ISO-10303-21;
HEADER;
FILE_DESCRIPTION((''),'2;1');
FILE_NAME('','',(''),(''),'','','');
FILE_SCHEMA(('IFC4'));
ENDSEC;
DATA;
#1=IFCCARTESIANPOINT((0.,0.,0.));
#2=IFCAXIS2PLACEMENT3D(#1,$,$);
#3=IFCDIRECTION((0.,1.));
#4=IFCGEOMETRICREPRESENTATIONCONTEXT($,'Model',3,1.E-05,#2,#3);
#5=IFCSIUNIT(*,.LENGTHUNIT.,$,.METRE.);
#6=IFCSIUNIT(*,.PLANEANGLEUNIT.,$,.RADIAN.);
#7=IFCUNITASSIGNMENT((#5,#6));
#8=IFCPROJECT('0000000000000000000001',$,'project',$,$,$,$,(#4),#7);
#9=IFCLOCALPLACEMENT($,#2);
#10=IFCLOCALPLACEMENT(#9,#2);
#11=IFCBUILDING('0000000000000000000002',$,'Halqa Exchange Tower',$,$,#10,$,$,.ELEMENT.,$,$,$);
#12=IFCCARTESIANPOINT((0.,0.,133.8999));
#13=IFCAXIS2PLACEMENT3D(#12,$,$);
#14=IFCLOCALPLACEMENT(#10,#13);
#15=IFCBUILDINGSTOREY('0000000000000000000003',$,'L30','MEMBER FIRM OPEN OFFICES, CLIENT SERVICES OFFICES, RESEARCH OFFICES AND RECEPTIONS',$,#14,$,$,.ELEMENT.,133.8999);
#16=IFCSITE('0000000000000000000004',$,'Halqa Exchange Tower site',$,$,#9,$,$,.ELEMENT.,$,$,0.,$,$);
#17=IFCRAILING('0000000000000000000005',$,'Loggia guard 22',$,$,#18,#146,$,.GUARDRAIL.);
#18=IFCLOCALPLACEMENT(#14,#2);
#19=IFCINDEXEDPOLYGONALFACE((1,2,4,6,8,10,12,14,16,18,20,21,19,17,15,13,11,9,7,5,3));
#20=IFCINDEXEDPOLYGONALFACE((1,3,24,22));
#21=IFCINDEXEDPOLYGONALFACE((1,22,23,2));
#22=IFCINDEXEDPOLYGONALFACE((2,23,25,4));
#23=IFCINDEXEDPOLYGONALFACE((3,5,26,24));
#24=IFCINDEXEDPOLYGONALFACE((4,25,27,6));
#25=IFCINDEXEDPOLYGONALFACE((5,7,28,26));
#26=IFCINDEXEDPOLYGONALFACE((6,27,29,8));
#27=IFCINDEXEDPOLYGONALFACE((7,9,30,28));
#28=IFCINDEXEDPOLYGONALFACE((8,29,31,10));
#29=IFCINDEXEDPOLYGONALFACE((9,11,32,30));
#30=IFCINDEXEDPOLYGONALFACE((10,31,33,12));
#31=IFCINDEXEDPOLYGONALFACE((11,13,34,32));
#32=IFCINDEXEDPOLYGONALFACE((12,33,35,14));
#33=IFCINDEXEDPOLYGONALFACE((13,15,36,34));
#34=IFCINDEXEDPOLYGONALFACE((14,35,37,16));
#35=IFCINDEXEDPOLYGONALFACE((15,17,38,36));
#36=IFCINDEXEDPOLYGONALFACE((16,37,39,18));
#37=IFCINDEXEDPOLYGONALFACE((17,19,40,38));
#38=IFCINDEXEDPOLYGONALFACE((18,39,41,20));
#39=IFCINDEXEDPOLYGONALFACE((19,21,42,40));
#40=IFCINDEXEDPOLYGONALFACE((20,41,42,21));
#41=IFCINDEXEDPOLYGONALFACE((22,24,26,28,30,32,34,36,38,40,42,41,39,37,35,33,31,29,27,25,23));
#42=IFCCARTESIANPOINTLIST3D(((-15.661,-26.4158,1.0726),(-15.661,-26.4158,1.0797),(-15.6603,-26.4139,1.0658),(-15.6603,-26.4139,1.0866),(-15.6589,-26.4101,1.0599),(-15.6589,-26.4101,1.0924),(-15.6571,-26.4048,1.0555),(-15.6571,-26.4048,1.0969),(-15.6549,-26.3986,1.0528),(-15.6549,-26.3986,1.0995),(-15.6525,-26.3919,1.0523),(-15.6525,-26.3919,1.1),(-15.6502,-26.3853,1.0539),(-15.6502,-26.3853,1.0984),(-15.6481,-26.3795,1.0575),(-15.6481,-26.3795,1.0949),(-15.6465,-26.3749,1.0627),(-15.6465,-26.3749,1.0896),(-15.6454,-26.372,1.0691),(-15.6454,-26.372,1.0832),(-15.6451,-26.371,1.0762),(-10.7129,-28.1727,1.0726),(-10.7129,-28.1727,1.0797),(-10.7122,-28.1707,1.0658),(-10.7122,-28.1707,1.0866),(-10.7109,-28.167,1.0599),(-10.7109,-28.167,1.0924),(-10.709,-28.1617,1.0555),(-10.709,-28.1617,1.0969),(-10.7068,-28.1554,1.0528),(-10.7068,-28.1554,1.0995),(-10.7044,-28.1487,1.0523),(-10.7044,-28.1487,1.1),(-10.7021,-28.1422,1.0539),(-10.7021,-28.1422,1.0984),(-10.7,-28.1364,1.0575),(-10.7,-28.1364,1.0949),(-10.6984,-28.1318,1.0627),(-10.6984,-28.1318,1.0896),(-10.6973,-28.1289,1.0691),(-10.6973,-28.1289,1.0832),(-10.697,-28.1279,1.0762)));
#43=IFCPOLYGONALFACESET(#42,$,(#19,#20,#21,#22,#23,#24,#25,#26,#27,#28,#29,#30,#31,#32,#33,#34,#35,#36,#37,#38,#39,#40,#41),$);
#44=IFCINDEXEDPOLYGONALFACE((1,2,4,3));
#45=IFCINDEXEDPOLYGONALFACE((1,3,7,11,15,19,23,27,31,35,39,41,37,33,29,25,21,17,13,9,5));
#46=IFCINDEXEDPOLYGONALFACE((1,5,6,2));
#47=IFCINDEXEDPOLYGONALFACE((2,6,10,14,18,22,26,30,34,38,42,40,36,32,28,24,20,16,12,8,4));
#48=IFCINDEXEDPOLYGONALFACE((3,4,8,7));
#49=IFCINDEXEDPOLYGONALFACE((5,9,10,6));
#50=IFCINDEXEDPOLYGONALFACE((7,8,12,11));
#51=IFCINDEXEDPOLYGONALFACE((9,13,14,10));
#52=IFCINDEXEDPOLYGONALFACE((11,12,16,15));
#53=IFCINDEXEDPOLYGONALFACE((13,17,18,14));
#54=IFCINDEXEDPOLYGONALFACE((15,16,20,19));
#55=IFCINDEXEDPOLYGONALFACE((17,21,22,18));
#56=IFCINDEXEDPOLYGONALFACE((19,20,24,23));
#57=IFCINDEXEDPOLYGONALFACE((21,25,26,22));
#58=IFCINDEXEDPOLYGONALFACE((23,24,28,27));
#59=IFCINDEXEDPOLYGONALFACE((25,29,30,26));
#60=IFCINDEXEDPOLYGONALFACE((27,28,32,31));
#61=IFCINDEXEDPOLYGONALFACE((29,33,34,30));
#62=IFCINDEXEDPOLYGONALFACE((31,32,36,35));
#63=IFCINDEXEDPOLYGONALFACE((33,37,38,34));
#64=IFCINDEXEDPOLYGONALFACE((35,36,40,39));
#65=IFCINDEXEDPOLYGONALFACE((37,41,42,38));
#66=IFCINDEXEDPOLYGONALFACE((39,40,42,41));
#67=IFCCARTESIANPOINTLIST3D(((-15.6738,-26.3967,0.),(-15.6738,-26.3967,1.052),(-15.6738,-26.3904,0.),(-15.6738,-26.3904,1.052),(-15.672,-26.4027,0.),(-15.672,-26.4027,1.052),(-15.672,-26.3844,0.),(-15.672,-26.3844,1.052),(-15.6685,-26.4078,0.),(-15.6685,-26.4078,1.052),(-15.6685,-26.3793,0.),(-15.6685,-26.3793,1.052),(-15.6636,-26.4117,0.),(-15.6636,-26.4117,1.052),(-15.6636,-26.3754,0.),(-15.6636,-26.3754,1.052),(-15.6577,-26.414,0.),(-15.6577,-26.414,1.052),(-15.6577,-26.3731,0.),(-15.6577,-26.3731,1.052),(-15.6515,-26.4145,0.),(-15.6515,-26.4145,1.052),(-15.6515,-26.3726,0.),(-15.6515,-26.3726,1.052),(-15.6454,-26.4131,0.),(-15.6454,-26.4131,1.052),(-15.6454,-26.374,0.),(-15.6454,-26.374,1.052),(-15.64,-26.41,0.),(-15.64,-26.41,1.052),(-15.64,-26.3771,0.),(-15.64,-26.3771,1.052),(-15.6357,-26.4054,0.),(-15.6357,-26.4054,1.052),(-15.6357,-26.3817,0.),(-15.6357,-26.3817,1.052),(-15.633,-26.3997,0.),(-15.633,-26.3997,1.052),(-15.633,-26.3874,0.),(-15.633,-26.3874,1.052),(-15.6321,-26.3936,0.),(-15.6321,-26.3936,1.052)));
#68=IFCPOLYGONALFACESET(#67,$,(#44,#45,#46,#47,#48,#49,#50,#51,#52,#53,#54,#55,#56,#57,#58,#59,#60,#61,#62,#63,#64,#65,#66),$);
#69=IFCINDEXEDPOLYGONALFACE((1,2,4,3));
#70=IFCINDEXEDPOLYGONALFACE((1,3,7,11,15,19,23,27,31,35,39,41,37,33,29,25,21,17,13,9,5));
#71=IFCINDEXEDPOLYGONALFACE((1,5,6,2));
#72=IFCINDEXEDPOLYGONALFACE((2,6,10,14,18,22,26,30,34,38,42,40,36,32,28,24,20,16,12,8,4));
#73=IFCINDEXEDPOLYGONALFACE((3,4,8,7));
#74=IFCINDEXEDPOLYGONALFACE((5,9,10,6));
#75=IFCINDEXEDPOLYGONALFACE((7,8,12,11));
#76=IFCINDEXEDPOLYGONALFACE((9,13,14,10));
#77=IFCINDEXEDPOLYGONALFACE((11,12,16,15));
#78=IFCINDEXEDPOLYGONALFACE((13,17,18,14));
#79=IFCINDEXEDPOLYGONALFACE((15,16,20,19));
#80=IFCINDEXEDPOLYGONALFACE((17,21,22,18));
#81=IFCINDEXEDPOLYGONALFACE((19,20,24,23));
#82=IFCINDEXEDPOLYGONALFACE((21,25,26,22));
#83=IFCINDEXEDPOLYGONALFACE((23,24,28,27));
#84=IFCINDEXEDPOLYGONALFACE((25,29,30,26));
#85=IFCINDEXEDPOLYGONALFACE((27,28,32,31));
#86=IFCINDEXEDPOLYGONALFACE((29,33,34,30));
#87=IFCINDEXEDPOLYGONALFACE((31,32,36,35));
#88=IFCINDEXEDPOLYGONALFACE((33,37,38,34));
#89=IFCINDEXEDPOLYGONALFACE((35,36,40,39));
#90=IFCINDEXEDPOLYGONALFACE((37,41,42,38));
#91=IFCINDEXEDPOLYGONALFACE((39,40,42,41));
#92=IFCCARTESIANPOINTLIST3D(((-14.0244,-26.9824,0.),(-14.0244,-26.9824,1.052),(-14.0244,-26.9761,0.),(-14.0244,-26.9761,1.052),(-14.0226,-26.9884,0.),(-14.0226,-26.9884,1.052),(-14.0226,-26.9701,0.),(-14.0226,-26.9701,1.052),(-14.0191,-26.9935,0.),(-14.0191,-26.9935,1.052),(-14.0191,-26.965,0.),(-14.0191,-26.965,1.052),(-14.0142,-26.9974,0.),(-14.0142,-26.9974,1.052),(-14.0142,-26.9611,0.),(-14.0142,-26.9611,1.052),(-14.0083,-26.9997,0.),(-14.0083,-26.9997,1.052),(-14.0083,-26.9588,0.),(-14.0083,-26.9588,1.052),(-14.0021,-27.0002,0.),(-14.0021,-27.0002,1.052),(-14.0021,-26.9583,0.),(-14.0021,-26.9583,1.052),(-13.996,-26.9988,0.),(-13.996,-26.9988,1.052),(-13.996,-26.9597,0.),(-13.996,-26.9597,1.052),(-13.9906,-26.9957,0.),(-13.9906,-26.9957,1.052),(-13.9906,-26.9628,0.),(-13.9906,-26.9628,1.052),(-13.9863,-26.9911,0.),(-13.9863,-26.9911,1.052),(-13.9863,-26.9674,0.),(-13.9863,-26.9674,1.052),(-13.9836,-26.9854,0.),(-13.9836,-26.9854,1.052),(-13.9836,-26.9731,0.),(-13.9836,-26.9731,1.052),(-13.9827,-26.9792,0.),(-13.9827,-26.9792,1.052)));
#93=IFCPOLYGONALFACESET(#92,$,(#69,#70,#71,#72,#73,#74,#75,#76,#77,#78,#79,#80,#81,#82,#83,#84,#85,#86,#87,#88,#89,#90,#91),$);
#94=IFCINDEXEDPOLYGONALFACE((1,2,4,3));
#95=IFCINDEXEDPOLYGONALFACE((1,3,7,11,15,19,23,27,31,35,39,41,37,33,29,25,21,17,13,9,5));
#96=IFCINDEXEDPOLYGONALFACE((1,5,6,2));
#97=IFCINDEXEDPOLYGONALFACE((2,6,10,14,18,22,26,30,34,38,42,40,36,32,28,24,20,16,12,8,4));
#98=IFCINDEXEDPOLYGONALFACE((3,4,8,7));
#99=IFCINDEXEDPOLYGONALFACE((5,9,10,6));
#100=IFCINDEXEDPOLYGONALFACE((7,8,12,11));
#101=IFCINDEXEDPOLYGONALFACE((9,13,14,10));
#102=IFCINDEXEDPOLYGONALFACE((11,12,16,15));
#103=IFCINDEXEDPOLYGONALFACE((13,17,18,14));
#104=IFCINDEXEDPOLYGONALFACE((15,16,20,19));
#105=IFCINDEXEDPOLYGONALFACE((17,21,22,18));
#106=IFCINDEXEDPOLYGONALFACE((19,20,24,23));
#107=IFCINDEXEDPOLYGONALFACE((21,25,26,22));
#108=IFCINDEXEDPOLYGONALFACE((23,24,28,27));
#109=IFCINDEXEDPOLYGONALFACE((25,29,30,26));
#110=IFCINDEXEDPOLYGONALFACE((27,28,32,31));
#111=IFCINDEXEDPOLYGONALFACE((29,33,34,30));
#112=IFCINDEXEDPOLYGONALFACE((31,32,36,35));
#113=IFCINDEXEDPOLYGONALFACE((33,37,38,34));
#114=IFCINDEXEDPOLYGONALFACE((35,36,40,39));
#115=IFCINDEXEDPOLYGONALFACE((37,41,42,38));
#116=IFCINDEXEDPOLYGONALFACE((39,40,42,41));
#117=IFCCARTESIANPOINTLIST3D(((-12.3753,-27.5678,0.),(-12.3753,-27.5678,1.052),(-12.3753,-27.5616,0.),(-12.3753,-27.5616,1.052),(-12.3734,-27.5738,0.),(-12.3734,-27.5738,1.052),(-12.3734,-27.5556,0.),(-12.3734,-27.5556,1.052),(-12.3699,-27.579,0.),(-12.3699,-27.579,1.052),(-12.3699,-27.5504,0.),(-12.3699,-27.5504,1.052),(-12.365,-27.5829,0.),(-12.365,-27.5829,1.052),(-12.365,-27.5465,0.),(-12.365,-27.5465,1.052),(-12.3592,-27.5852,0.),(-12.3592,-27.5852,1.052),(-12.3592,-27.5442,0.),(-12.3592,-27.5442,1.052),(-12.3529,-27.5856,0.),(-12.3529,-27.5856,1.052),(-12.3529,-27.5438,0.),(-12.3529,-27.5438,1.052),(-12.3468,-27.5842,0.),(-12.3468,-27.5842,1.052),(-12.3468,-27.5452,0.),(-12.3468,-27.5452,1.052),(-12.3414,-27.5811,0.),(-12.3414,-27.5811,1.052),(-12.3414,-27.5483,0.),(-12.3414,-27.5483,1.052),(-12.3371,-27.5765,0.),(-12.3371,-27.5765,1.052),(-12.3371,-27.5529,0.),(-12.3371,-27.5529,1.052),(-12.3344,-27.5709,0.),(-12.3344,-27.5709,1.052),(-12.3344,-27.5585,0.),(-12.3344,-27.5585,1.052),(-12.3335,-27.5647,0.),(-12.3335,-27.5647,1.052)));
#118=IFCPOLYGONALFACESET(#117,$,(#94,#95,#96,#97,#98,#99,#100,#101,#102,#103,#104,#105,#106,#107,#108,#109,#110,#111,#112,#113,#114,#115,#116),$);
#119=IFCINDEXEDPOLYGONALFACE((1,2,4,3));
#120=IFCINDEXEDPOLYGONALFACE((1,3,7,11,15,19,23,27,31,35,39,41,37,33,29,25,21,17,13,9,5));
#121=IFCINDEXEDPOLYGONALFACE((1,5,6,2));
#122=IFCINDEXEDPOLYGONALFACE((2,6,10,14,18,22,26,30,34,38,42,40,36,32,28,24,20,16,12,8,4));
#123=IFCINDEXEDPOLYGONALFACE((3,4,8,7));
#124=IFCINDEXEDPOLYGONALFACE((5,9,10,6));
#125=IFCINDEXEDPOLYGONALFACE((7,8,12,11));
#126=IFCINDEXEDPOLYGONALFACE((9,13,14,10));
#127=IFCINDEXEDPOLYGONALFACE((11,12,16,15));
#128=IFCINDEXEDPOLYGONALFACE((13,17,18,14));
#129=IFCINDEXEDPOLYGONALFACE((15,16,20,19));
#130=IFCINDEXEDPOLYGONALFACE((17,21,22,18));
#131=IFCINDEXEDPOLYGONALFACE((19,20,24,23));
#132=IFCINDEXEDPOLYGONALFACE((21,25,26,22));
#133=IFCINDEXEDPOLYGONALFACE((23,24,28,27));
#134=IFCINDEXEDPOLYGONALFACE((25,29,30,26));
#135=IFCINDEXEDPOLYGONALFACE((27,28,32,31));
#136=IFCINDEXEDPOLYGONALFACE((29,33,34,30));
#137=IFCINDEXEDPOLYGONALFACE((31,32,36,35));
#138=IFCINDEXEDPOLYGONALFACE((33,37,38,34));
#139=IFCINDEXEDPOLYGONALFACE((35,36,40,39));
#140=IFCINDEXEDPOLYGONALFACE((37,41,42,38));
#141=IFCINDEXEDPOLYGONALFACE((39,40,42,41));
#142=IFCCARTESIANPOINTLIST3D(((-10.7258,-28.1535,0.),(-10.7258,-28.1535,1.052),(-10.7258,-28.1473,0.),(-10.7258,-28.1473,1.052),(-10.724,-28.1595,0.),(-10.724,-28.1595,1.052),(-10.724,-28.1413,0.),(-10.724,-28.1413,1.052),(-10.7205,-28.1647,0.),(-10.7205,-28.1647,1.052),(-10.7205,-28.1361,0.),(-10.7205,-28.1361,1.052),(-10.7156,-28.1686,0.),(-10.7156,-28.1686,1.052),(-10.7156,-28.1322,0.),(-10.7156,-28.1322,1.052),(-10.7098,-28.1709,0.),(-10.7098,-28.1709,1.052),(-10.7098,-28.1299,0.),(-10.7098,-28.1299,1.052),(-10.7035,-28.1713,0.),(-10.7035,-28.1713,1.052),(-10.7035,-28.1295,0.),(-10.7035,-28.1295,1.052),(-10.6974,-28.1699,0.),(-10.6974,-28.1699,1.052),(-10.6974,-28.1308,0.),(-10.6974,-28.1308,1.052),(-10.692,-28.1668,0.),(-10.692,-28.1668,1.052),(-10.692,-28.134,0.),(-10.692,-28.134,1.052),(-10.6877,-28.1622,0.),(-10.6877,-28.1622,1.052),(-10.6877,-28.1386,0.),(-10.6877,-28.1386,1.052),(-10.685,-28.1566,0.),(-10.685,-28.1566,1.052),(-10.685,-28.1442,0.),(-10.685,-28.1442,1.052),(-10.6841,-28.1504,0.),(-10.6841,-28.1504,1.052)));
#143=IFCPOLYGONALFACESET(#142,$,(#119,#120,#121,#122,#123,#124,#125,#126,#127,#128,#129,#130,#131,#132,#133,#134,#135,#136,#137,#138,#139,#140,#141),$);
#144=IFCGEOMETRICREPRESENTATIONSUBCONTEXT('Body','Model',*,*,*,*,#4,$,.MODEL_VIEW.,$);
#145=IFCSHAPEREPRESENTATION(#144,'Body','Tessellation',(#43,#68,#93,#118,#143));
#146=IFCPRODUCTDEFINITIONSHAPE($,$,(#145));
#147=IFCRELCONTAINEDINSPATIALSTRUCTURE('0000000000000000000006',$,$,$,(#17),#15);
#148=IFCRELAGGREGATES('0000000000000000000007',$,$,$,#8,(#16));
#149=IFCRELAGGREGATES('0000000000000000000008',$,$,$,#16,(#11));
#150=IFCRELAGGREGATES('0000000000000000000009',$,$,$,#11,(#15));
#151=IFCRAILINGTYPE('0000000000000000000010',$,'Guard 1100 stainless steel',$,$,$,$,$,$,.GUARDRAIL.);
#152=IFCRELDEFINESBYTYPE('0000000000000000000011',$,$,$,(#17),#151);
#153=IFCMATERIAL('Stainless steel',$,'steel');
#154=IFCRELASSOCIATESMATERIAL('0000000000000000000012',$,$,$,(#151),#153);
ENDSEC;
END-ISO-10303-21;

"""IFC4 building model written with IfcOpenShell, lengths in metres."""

from ifc_helpers import new_model, si_unit, direction, frame, origin, origin_2d, place, context, subcontext, project, spatial, circle, extrude, material, type_object, element, save


model = new_model("IFC4")

# Units and contexts
model_context = context("Model", 3, precision=1e-05, world=origin(), true_north=direction((0.0, 1.0)))
body_context = subcontext(model_context, "Body", "Model", "MODEL_VIEW")
ifc_project = project(units=[si_unit("LENGTHUNIT", "METRE"), si_unit("PLANEANGLEUNIT", "RADIAN")], contexts=[model_context])

# Site, building, storey
site_placement = place(None, origin())
site = spatial("IfcSite", under=ifc_project, at=site_placement, Name="Halqa Exchange Tower site", CompositionType="ELEMENT", RefElevation=0.0)
building_placement = place(site_placement, origin())
building = spatial("IfcBuilding", under=site, at=building_placement, Name="Halqa Exchange Tower", CompositionType="ELEMENT")
storey_placement = place(building_placement, frame((0.0, 0.0, 133.8999)))
storey = spatial("IfcBuildingStorey", under=building, at=storey_placement, Name="L30", Description="MEMBER FIRM OPEN OFFICES, CLIENT SERVICES OFFICES, RESEARCH OFFICES AND RECEPTIONS", CompositionType="ELEMENT", Elevation=133.8999)

# Railing
ifc_material_1 = material(Name="Stainless steel", Category="steel")
railing_type = type_object("IfcRailingType", Name="Guard 1100 stainless steel", PredefinedType="GUARDRAIL", material=ifc_material_1)
railing_1_placement = place(storey_placement, frame((-15.6531, -26.3936, 0.0)))
element("IfcRailing", 1, at=railing_1_placement, inside=storey, type_object=railing_type, Name="Loggia guard 22", PredefinedType="GUARDRAIL", context=body_context, shape_type="SweptSolid", body=[
    extrude(circle(Radius=0.0239, at=origin_2d()), frame((0.0, 0.0, 1.0762), z_axis=(0.942362, -0.334595, 0.0), x_axis=(0.334595, 0.942362, 0.0)), (0.0, 0.0, 1.0), 5.2507),
    extrude(circle(Radius=0.021, at=origin_2d()), origin(), (0.0, 0.0, 1.0), 1.052),
    extrude(circle(Radius=0.021, at=origin_2d()), frame((1.6494, -0.5857, 0.0)), (0.0, 0.0, 1.0), 1.052),
    extrude(circle(Radius=0.021, at=origin_2d()), frame((3.2986, -1.1711, 0.0)), (0.0, 0.0, 1.0), 1.052),
    extrude(circle(Radius=0.021, at=origin_2d()), frame((4.948, -1.7568, 0.0)), (0.0, 0.0, 1.0), 1.052),
])

save(model, "model.ifc")
